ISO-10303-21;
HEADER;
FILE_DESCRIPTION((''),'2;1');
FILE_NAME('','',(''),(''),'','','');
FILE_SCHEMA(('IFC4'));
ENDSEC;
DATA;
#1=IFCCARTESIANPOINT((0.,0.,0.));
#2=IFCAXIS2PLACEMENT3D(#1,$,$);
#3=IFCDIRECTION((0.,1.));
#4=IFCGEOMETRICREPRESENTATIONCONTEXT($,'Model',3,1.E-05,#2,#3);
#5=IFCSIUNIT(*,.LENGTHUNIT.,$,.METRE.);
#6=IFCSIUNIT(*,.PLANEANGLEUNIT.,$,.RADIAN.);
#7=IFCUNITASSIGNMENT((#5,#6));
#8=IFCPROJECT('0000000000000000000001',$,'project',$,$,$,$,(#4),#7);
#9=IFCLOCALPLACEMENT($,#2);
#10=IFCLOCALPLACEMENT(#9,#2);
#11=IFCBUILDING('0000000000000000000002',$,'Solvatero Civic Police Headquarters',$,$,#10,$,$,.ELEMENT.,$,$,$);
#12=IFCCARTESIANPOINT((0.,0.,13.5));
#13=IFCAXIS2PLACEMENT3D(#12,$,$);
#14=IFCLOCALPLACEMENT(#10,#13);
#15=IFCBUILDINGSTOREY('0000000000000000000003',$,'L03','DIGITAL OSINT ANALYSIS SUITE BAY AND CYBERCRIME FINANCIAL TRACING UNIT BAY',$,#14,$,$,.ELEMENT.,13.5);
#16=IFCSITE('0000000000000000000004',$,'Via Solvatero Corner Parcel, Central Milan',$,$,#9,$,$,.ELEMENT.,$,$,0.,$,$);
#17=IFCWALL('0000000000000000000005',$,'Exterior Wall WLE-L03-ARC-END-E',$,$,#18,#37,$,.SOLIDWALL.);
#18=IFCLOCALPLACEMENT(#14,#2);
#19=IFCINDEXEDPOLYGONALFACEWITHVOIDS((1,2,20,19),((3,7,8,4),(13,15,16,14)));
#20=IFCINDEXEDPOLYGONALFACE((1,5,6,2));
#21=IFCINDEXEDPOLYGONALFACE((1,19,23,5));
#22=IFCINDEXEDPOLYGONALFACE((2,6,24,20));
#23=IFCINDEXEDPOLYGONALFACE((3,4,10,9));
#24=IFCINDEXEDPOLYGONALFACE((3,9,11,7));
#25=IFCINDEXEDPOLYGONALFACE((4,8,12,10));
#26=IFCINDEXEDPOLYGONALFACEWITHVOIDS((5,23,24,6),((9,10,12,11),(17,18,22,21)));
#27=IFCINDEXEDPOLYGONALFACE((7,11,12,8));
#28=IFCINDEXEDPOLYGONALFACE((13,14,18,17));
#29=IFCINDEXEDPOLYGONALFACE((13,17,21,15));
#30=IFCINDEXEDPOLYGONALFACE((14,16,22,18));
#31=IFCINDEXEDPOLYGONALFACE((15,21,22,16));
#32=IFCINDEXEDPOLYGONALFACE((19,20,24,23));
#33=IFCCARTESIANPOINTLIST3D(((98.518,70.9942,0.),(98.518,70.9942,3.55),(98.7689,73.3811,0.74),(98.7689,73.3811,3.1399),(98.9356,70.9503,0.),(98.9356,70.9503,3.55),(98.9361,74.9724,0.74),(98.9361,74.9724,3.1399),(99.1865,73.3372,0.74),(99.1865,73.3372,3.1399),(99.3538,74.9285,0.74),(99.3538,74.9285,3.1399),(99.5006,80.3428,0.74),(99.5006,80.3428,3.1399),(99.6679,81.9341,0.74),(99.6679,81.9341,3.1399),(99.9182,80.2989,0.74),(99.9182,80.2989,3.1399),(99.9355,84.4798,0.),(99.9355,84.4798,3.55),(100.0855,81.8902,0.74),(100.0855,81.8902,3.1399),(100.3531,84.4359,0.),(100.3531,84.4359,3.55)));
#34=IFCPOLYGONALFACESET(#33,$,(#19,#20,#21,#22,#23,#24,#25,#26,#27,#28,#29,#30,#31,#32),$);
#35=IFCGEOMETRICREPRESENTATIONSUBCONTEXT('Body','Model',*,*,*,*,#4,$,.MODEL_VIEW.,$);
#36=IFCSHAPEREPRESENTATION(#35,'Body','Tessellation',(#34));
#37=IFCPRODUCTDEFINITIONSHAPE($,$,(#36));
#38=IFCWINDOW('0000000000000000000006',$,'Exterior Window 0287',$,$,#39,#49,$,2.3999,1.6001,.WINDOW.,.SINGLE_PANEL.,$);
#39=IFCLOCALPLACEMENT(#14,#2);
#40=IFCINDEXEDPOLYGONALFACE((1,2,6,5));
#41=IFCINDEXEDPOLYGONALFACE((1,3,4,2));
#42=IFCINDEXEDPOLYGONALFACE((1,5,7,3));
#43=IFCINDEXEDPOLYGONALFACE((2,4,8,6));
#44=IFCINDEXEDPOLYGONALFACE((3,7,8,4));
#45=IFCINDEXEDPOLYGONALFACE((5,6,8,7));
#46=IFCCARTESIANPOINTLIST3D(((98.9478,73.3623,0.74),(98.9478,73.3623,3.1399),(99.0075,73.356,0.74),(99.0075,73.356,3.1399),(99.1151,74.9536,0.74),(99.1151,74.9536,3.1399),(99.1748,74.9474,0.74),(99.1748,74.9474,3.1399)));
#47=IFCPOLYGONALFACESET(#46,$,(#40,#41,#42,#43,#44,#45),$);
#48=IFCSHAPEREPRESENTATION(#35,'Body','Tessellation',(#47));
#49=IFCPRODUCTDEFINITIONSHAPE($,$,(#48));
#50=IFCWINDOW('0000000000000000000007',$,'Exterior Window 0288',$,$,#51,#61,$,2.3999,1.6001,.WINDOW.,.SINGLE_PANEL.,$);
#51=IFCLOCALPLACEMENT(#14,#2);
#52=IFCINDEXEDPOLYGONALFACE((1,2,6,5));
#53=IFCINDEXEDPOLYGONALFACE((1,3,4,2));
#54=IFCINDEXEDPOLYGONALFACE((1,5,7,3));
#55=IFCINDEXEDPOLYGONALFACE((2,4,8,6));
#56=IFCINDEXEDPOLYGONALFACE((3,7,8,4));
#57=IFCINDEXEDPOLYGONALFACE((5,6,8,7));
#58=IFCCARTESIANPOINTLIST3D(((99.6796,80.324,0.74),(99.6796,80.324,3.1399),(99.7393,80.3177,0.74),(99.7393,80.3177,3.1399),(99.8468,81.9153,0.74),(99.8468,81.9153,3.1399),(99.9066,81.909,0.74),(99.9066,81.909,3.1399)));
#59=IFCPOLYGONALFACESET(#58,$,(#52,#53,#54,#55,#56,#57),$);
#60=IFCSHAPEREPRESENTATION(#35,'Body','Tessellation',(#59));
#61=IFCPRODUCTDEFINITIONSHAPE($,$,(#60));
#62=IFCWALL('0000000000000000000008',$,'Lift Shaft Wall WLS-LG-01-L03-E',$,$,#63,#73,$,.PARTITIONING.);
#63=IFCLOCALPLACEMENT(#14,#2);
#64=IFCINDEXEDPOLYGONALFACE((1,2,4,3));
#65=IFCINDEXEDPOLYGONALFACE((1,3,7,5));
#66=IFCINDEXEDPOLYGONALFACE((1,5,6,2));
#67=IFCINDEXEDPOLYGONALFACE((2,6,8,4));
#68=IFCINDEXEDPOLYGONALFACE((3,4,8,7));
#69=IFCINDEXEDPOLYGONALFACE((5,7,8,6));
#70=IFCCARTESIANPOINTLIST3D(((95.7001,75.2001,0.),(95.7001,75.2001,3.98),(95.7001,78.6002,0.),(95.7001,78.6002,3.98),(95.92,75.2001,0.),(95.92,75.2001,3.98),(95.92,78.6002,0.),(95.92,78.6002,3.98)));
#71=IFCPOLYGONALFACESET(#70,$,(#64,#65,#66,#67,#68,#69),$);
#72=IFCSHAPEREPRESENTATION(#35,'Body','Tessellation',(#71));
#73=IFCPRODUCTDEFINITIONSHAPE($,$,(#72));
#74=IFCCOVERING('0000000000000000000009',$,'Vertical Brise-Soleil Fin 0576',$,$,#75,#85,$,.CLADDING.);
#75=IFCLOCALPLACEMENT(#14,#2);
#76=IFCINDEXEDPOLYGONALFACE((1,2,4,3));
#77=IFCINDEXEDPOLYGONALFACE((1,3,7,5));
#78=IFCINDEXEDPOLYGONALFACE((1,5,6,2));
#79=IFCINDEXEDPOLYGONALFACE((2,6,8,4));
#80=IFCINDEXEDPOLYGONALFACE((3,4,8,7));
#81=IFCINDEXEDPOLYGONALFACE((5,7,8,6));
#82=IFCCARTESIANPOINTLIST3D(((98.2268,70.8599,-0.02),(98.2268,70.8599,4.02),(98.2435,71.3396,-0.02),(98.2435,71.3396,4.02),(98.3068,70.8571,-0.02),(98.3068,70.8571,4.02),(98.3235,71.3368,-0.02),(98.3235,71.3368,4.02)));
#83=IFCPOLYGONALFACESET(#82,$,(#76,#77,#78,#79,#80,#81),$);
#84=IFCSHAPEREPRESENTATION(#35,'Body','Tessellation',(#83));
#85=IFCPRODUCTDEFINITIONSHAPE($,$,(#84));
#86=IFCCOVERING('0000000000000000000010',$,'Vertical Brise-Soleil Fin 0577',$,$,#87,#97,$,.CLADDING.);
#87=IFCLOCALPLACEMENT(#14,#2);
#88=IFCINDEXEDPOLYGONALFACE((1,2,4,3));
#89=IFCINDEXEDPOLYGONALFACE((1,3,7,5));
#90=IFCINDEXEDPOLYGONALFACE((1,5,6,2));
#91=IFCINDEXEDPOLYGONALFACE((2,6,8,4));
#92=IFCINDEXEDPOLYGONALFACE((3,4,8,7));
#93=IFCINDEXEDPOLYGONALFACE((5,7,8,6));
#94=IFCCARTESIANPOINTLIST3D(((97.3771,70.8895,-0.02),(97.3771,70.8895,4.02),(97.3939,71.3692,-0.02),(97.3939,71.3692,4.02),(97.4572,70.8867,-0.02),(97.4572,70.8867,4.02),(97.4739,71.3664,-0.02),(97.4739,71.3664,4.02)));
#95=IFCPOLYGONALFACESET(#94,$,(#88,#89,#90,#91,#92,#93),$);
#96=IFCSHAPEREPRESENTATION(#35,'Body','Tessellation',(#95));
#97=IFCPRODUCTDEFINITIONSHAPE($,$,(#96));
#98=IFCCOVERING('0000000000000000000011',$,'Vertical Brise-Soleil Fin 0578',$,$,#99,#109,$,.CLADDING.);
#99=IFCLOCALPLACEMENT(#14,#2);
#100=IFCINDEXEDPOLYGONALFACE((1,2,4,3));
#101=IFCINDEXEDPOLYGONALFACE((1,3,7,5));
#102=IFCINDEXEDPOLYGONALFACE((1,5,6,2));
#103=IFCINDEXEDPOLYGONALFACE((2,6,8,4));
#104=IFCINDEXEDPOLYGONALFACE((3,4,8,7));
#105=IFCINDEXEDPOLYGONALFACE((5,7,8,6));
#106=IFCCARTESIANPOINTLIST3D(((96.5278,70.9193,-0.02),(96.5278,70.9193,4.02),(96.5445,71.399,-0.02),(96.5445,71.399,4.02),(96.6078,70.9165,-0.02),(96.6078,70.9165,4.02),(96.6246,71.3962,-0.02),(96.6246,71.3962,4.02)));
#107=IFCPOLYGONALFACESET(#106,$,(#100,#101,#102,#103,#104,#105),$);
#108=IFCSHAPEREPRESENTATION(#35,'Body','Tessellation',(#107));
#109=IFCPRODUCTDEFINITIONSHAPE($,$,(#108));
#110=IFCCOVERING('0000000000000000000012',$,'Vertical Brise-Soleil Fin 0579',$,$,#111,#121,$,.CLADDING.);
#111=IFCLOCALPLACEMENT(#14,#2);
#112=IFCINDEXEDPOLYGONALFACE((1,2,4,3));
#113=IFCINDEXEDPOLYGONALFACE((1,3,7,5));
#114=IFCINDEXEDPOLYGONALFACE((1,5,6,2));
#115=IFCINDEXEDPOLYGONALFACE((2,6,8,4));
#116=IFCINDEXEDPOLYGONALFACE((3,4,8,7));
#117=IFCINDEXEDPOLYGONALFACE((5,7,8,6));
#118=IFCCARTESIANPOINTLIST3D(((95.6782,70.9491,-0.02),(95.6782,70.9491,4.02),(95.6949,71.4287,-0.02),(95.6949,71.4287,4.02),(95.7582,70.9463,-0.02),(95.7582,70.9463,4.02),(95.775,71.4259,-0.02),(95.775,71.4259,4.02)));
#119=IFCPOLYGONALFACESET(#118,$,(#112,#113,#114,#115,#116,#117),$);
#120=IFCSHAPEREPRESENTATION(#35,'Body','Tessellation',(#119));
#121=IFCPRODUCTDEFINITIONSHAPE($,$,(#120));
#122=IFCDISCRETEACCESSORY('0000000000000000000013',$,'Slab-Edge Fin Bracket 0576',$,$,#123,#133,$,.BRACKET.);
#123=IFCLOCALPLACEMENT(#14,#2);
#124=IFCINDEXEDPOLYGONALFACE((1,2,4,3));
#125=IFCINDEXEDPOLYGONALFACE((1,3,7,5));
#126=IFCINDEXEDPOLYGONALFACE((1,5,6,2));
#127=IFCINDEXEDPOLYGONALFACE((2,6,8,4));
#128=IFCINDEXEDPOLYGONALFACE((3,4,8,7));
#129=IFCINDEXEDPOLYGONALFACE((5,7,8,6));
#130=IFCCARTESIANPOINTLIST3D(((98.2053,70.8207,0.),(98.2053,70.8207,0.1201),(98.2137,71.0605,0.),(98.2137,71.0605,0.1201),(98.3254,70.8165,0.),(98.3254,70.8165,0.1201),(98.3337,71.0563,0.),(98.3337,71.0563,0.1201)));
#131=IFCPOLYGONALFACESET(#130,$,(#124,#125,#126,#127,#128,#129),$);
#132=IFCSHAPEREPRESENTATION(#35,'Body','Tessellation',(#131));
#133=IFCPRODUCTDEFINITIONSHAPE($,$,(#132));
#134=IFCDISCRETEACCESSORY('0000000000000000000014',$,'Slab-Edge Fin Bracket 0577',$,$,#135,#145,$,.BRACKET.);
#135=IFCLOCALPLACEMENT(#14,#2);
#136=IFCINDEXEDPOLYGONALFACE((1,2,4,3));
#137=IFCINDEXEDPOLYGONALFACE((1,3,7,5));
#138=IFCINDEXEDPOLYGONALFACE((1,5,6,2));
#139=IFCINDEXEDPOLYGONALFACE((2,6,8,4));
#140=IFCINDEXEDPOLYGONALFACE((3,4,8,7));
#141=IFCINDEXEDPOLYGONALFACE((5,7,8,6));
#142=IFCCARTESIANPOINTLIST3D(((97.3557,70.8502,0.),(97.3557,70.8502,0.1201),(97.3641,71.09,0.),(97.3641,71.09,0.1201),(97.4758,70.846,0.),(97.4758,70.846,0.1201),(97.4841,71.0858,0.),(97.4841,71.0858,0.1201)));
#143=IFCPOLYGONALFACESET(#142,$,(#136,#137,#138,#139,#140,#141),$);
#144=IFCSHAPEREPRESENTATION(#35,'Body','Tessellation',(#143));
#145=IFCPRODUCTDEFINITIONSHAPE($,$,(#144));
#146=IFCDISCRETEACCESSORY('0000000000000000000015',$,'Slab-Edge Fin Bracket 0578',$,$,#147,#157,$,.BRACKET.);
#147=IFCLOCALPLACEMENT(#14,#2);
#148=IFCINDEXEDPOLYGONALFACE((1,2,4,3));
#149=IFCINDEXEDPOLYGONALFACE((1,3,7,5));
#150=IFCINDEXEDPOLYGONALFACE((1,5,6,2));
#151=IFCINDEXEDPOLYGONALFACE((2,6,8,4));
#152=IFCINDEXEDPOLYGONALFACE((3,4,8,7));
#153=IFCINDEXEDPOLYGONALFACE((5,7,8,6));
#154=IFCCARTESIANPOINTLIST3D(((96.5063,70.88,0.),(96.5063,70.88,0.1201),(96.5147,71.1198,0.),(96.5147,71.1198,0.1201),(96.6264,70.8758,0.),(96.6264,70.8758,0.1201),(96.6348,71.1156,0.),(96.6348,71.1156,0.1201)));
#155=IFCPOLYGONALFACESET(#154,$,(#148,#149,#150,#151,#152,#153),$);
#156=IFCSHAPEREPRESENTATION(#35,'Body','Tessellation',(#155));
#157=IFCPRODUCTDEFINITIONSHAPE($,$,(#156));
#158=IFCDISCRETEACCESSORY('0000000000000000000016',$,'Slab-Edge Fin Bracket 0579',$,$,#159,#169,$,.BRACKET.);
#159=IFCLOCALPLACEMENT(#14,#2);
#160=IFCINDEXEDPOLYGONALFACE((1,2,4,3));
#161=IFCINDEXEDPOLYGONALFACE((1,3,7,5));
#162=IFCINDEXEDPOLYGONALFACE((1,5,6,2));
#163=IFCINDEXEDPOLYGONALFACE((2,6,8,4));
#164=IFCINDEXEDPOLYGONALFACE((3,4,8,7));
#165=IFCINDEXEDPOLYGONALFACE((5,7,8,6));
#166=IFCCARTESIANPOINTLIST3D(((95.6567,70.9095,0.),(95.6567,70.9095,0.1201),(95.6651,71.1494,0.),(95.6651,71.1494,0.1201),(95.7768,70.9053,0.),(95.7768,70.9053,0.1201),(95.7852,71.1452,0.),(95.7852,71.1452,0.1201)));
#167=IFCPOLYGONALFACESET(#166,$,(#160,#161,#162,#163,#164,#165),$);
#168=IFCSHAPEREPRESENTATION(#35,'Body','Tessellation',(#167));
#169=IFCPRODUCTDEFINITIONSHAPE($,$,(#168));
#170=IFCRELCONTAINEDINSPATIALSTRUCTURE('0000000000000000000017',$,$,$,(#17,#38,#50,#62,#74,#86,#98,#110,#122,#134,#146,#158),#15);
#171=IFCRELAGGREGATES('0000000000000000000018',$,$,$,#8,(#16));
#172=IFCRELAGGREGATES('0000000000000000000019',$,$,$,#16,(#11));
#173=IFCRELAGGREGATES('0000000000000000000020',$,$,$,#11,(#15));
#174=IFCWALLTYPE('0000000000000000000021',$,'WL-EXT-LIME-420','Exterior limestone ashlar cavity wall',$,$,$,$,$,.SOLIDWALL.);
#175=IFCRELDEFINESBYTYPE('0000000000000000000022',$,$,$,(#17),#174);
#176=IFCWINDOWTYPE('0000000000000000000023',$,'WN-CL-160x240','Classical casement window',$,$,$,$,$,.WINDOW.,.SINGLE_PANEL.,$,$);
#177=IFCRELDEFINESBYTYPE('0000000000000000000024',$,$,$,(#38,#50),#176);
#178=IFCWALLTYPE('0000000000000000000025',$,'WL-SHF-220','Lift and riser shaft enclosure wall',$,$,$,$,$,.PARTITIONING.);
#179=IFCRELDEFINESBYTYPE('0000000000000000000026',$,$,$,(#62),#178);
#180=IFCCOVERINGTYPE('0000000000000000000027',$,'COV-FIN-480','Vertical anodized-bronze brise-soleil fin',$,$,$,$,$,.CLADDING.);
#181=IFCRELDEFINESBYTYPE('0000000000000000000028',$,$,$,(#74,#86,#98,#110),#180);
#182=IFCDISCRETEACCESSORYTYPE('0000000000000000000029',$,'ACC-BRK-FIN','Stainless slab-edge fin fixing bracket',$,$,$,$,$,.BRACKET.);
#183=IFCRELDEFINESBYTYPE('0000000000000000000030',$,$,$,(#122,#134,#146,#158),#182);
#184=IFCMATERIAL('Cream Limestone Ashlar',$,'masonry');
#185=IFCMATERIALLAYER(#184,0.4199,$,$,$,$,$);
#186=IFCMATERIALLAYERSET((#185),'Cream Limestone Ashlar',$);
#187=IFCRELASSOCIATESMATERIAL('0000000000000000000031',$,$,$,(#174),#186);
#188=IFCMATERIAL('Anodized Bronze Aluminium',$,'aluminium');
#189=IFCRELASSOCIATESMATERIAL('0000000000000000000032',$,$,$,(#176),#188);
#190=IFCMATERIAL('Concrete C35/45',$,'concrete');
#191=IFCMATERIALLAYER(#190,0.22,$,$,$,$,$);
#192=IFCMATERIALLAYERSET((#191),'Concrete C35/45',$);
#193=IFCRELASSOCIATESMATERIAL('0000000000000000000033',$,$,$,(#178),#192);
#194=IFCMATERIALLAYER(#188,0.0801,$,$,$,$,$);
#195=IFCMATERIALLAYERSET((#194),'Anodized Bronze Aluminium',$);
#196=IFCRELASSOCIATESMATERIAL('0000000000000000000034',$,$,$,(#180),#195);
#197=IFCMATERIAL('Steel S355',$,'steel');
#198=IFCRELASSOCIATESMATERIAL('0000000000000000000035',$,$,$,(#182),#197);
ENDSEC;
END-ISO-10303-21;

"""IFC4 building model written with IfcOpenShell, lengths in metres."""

from ifc_helpers import new_model, si_unit, direction, frame, frame_2d, origin, origin_2d, place, context, subcontext, project, spatial, rectangle, extrude, material, layer, layer_set, type_object, element, fill, save


model = new_model("IFC4")

# Units and contexts
model_context = context("Model", 3, precision=1e-05, world=origin(), true_north=direction((0.0, 1.0)))
body_context = subcontext(model_context, "Body", "Model", "MODEL_VIEW")
ifc_project = project(units=[si_unit("LENGTHUNIT", "METRE"), si_unit("PLANEANGLEUNIT", "RADIAN")], contexts=[model_context])

# Site, building, storey
site_placement = place(None, origin())
site = spatial("IfcSite", under=ifc_project, at=site_placement, Name="Via Solvatero Corner Parcel, Central Milan", CompositionType="ELEMENT", RefElevation=0.0)
building_placement = place(site_placement, origin())
building = spatial("IfcBuilding", under=site, at=building_placement, Name="Solvatero Civic Police Headquarters", CompositionType="ELEMENT")
storey_placement = place(building_placement, frame((0.0, 0.0, 13.5)))
storey = spatial("IfcBuildingStorey", under=building, at=storey_placement, Name="L03", Description="DIGITAL OSINT ANALYSIS SUITE BAY AND CYBERCRIME FINANCIAL TRACING UNIT BAY", CompositionType="ELEMENT", Elevation=13.5)

# Shared definitions
ifc_material_1 = material(Name="Steel S355", Category="steel")

# Shared definitions
ifc_material_2 = material(Name="Anodized Bronze Aluminium", Category="aluminium")

# Wall, openings, windows
ifc_material_3 = material(Name="Cream Limestone Ashlar", Category="masonry")
ifc_layer_1 = layer(ifc_material_3, 0.4199)
ifc_layer_set_1 = layer_set([ifc_layer_1], Name="Cream Limestone Ashlar")
wall_type_1 = type_object("IfcWallType", Name="WL-EXT-LIME-420", Description="Exterior limestone ashlar cavity wall", PredefinedType="SOLIDWALL", material=ifc_layer_set_1)
wall_1_placement = place(storey_placement, frame((98.7268, 70.9724, 0.0), z_axis=(0.0, 0.0, 1.0), x_axis=(0.104535, 0.994521, 0.0)))
wall_1 = element("IfcWall", 1, at=wall_1_placement, inside=storey, type_object=wall_type_1, Name="Exterior Wall WLE-L03-ARC-END-E", PredefinedType="SOLIDWALL", context=body_context, shape_type="SweptSolid", body=[
    extrude(rectangle(XDim=13.5598, YDim=0.4199, at=frame_2d((6.7798, 0.0))), origin(), (0.0, 0.0, 1.0), 3.55),
])
opening_1_placement = place(wall_1_placement, frame((2.3999, 0.0, 0.74)))
opening_1 = element("IfcOpeningElement", 2, at=opening_1_placement, cuts=wall_1, PredefinedType="OPENING", context=body_context, shape_type="SweptSolid", body=[
    extrude(rectangle(XDim=1.6001, YDim=2.3999, at=frame_2d((0.8, 1.2))), frame((0.0, 0.22, 0.0), z_axis=(0.0, -1.0, 0.0), x_axis=(1.0, 0.0, 0.0)), (0.0, 0.0, 1.0), 0.4399),
])
opening_2_placement = place(wall_1_placement, frame((9.3999, 0.0, 0.74)))
opening_2 = element("IfcOpeningElement", 3, at=opening_2_placement, cuts=wall_1, PredefinedType="OPENING", context=body_context, shape_type="SweptSolid", body=[
    extrude(rectangle(XDim=1.6001, YDim=2.3999, at=frame_2d((0.8, 1.2))), frame((0.0, 0.22, 0.0), z_axis=(0.0, -1.0, 0.0), x_axis=(1.0, 0.0, 0.0)), (0.0, 0.0, 1.0), 0.4399),
])
window_type = type_object("IfcWindowType", Name="WN-CL-160x240", Description="Classical casement window", PartitioningType="SINGLE_PANEL", PredefinedType="WINDOW", material=ifc_material_2)
window_1_placement = place(opening_1_placement, origin())
window_1 = element("IfcWindow", 4, at=window_1_placement, inside=storey, type_object=window_type, Name="Exterior Window 0287", OverallHeight=2.3999, OverallWidth=1.6001, PartitioningType="SINGLE_PANEL", PredefinedType="WINDOW", context=body_context, shape_type="SweptSolid", body=[
    extrude(rectangle(XDim=1.6001, YDim=2.3999, at=frame_2d((0.8, 1.2))), frame((0.0, 0.03, 0.0), z_axis=(0.0, -1.0, 0.0), x_axis=(1.0, 0.0, 0.0)), (0.0, 0.0, 1.0), 0.0601),
])
fill(opening_1, window_1)
window_2_placement = place(opening_2_placement, origin())
window_2 = element("IfcWindow", 5, at=window_2_placement, inside=storey, type_object=window_type, Name="Exterior Window 0288", OverallHeight=2.3999, OverallWidth=1.6001, PartitioningType="SINGLE_PANEL", PredefinedType="WINDOW", context=body_context, shape_type="SweptSolid", body=[
    extrude(rectangle(XDim=1.6001, YDim=2.3999, at=frame_2d((0.8, 1.2))), frame((0.0, 0.03, 0.0), z_axis=(0.0, -1.0, 0.0), x_axis=(1.0, 0.0, 0.0)), (0.0, 0.0, 1.0), 0.0601),
])
fill(opening_2, window_2)

# Wall
ifc_material_4 = material(Name="Concrete C35/45", Category="concrete")
ifc_layer_2 = layer(ifc_material_4, 0.22)
ifc_layer_set_2 = layer_set([ifc_layer_2], Name="Concrete C35/45")
wall_type_2 = type_object("IfcWallType", Name="WL-SHF-220", Description="Lift and riser shaft enclosure wall", PredefinedType="PARTITIONING", material=ifc_layer_set_2)
wall_2_placement = place(storey_placement, frame((95.8101, 75.2, 0.0), z_axis=(0.0, 0.0, 1.0), x_axis=(0.0, 1.0, 0.0)))
element("IfcWall", 6, at=wall_2_placement, inside=storey, type_object=wall_type_2, Name="Lift Shaft Wall WLS-LG-01-L03-E", PredefinedType="PARTITIONING", context=body_context, shape_type="SweptSolid", body=[
    extrude(rectangle(XDim=3.4001, YDim=0.22, at=frame_2d((1.7002, 0.0))), origin(), (0.0, 0.0, 1.0), 3.98),
])

# Coverings
ifc_layer_3 = layer(ifc_material_2, 0.0801)
ifc_layer_set_3 = layer_set([ifc_layer_3], Name="Anodized Bronze Aluminium")
covering_type = type_object("IfcCoveringType", Name="COV-FIN-480", Description="Vertical anodized-bronze brise-soleil fin", PredefinedType="CLADDING", material=ifc_layer_set_3)
for number, where, z_axis, x_axis, name in (
    (7, (98.2751, 71.0984, -0.02), (0.0, 0.0, 1.0), (-0.999391, 0.034899, 0.0), "Vertical Brise-Soleil Fin 0576"),
    (8, (97.4255, 71.1279, -0.02), (0.0, 0.0, 1.0), (-0.999391, 0.034899, 0.0), "Vertical Brise-Soleil Fin 0577"),
    (9, (96.5762, 71.1577, -0.02), (0.0, 0.0, 1.0), (-0.999391, 0.034899, 0.0), "Vertical Brise-Soleil Fin 0578"),
    (10, (95.7266, 71.1875, -0.02), (0.0, 0.0, 1.0), (-0.999391, 0.034899, 0.0), "Vertical Brise-Soleil Fin 0579"),
):
    element("IfcCovering", number, at=place(storey_placement, frame(where, z_axis=z_axis, x_axis=x_axis)), inside=storey, type_object=covering_type, Name=name, PredefinedType="CLADDING", context=body_context, shape_type="SweptSolid", body=[
        extrude(rectangle(XDim=0.0801, YDim=0.48, at=origin_2d()), origin(), (0.0, 0.0, 1.0), 4.04),
    ])

# Discrete accessories
discrete_accessory_type = type_object("IfcDiscreteAccessoryType", Name="ACC-BRK-FIN", Description="Stainless slab-edge fin fixing bracket", PredefinedType="BRACKET", material=ifc_material_1)
for number, where, z_axis, x_axis, name in (
    (11, (98.2695, 70.9385, 0.0), (0.0, 0.0, 1.0), (-0.999391, 0.034899, 0.0), "Slab-Edge Fin Bracket 0576"),
    (12, (97.4199, 70.968, 0.0), (0.0, 0.0, 1.0), (-0.999391, 0.034899, 0.0), "Slab-Edge Fin Bracket 0577"),
    (13, (96.5706, 70.9978, 0.0), (0.0, 0.0, 1.0), (-0.999391, 0.034899, 0.0), "Slab-Edge Fin Bracket 0578"),
    (14, (95.7209, 71.0273, 0.0), (0.0, 0.0, 1.0), (-0.999391, 0.034899, 0.0), "Slab-Edge Fin Bracket 0579"),
):
    element("IfcDiscreteAccessory", number, at=place(storey_placement, frame(where, z_axis=z_axis, x_axis=x_axis)), inside=storey, type_object=discrete_accessory_type, Name=name, PredefinedType="BRACKET", context=body_context, shape_type="SweptSolid", body=[
        extrude(rectangle(XDim=0.1201, YDim=0.24, at=origin_2d()), origin(), (0.0, 0.0, 1.0), 0.1201),
    ])

save(model, "model.ifc")
